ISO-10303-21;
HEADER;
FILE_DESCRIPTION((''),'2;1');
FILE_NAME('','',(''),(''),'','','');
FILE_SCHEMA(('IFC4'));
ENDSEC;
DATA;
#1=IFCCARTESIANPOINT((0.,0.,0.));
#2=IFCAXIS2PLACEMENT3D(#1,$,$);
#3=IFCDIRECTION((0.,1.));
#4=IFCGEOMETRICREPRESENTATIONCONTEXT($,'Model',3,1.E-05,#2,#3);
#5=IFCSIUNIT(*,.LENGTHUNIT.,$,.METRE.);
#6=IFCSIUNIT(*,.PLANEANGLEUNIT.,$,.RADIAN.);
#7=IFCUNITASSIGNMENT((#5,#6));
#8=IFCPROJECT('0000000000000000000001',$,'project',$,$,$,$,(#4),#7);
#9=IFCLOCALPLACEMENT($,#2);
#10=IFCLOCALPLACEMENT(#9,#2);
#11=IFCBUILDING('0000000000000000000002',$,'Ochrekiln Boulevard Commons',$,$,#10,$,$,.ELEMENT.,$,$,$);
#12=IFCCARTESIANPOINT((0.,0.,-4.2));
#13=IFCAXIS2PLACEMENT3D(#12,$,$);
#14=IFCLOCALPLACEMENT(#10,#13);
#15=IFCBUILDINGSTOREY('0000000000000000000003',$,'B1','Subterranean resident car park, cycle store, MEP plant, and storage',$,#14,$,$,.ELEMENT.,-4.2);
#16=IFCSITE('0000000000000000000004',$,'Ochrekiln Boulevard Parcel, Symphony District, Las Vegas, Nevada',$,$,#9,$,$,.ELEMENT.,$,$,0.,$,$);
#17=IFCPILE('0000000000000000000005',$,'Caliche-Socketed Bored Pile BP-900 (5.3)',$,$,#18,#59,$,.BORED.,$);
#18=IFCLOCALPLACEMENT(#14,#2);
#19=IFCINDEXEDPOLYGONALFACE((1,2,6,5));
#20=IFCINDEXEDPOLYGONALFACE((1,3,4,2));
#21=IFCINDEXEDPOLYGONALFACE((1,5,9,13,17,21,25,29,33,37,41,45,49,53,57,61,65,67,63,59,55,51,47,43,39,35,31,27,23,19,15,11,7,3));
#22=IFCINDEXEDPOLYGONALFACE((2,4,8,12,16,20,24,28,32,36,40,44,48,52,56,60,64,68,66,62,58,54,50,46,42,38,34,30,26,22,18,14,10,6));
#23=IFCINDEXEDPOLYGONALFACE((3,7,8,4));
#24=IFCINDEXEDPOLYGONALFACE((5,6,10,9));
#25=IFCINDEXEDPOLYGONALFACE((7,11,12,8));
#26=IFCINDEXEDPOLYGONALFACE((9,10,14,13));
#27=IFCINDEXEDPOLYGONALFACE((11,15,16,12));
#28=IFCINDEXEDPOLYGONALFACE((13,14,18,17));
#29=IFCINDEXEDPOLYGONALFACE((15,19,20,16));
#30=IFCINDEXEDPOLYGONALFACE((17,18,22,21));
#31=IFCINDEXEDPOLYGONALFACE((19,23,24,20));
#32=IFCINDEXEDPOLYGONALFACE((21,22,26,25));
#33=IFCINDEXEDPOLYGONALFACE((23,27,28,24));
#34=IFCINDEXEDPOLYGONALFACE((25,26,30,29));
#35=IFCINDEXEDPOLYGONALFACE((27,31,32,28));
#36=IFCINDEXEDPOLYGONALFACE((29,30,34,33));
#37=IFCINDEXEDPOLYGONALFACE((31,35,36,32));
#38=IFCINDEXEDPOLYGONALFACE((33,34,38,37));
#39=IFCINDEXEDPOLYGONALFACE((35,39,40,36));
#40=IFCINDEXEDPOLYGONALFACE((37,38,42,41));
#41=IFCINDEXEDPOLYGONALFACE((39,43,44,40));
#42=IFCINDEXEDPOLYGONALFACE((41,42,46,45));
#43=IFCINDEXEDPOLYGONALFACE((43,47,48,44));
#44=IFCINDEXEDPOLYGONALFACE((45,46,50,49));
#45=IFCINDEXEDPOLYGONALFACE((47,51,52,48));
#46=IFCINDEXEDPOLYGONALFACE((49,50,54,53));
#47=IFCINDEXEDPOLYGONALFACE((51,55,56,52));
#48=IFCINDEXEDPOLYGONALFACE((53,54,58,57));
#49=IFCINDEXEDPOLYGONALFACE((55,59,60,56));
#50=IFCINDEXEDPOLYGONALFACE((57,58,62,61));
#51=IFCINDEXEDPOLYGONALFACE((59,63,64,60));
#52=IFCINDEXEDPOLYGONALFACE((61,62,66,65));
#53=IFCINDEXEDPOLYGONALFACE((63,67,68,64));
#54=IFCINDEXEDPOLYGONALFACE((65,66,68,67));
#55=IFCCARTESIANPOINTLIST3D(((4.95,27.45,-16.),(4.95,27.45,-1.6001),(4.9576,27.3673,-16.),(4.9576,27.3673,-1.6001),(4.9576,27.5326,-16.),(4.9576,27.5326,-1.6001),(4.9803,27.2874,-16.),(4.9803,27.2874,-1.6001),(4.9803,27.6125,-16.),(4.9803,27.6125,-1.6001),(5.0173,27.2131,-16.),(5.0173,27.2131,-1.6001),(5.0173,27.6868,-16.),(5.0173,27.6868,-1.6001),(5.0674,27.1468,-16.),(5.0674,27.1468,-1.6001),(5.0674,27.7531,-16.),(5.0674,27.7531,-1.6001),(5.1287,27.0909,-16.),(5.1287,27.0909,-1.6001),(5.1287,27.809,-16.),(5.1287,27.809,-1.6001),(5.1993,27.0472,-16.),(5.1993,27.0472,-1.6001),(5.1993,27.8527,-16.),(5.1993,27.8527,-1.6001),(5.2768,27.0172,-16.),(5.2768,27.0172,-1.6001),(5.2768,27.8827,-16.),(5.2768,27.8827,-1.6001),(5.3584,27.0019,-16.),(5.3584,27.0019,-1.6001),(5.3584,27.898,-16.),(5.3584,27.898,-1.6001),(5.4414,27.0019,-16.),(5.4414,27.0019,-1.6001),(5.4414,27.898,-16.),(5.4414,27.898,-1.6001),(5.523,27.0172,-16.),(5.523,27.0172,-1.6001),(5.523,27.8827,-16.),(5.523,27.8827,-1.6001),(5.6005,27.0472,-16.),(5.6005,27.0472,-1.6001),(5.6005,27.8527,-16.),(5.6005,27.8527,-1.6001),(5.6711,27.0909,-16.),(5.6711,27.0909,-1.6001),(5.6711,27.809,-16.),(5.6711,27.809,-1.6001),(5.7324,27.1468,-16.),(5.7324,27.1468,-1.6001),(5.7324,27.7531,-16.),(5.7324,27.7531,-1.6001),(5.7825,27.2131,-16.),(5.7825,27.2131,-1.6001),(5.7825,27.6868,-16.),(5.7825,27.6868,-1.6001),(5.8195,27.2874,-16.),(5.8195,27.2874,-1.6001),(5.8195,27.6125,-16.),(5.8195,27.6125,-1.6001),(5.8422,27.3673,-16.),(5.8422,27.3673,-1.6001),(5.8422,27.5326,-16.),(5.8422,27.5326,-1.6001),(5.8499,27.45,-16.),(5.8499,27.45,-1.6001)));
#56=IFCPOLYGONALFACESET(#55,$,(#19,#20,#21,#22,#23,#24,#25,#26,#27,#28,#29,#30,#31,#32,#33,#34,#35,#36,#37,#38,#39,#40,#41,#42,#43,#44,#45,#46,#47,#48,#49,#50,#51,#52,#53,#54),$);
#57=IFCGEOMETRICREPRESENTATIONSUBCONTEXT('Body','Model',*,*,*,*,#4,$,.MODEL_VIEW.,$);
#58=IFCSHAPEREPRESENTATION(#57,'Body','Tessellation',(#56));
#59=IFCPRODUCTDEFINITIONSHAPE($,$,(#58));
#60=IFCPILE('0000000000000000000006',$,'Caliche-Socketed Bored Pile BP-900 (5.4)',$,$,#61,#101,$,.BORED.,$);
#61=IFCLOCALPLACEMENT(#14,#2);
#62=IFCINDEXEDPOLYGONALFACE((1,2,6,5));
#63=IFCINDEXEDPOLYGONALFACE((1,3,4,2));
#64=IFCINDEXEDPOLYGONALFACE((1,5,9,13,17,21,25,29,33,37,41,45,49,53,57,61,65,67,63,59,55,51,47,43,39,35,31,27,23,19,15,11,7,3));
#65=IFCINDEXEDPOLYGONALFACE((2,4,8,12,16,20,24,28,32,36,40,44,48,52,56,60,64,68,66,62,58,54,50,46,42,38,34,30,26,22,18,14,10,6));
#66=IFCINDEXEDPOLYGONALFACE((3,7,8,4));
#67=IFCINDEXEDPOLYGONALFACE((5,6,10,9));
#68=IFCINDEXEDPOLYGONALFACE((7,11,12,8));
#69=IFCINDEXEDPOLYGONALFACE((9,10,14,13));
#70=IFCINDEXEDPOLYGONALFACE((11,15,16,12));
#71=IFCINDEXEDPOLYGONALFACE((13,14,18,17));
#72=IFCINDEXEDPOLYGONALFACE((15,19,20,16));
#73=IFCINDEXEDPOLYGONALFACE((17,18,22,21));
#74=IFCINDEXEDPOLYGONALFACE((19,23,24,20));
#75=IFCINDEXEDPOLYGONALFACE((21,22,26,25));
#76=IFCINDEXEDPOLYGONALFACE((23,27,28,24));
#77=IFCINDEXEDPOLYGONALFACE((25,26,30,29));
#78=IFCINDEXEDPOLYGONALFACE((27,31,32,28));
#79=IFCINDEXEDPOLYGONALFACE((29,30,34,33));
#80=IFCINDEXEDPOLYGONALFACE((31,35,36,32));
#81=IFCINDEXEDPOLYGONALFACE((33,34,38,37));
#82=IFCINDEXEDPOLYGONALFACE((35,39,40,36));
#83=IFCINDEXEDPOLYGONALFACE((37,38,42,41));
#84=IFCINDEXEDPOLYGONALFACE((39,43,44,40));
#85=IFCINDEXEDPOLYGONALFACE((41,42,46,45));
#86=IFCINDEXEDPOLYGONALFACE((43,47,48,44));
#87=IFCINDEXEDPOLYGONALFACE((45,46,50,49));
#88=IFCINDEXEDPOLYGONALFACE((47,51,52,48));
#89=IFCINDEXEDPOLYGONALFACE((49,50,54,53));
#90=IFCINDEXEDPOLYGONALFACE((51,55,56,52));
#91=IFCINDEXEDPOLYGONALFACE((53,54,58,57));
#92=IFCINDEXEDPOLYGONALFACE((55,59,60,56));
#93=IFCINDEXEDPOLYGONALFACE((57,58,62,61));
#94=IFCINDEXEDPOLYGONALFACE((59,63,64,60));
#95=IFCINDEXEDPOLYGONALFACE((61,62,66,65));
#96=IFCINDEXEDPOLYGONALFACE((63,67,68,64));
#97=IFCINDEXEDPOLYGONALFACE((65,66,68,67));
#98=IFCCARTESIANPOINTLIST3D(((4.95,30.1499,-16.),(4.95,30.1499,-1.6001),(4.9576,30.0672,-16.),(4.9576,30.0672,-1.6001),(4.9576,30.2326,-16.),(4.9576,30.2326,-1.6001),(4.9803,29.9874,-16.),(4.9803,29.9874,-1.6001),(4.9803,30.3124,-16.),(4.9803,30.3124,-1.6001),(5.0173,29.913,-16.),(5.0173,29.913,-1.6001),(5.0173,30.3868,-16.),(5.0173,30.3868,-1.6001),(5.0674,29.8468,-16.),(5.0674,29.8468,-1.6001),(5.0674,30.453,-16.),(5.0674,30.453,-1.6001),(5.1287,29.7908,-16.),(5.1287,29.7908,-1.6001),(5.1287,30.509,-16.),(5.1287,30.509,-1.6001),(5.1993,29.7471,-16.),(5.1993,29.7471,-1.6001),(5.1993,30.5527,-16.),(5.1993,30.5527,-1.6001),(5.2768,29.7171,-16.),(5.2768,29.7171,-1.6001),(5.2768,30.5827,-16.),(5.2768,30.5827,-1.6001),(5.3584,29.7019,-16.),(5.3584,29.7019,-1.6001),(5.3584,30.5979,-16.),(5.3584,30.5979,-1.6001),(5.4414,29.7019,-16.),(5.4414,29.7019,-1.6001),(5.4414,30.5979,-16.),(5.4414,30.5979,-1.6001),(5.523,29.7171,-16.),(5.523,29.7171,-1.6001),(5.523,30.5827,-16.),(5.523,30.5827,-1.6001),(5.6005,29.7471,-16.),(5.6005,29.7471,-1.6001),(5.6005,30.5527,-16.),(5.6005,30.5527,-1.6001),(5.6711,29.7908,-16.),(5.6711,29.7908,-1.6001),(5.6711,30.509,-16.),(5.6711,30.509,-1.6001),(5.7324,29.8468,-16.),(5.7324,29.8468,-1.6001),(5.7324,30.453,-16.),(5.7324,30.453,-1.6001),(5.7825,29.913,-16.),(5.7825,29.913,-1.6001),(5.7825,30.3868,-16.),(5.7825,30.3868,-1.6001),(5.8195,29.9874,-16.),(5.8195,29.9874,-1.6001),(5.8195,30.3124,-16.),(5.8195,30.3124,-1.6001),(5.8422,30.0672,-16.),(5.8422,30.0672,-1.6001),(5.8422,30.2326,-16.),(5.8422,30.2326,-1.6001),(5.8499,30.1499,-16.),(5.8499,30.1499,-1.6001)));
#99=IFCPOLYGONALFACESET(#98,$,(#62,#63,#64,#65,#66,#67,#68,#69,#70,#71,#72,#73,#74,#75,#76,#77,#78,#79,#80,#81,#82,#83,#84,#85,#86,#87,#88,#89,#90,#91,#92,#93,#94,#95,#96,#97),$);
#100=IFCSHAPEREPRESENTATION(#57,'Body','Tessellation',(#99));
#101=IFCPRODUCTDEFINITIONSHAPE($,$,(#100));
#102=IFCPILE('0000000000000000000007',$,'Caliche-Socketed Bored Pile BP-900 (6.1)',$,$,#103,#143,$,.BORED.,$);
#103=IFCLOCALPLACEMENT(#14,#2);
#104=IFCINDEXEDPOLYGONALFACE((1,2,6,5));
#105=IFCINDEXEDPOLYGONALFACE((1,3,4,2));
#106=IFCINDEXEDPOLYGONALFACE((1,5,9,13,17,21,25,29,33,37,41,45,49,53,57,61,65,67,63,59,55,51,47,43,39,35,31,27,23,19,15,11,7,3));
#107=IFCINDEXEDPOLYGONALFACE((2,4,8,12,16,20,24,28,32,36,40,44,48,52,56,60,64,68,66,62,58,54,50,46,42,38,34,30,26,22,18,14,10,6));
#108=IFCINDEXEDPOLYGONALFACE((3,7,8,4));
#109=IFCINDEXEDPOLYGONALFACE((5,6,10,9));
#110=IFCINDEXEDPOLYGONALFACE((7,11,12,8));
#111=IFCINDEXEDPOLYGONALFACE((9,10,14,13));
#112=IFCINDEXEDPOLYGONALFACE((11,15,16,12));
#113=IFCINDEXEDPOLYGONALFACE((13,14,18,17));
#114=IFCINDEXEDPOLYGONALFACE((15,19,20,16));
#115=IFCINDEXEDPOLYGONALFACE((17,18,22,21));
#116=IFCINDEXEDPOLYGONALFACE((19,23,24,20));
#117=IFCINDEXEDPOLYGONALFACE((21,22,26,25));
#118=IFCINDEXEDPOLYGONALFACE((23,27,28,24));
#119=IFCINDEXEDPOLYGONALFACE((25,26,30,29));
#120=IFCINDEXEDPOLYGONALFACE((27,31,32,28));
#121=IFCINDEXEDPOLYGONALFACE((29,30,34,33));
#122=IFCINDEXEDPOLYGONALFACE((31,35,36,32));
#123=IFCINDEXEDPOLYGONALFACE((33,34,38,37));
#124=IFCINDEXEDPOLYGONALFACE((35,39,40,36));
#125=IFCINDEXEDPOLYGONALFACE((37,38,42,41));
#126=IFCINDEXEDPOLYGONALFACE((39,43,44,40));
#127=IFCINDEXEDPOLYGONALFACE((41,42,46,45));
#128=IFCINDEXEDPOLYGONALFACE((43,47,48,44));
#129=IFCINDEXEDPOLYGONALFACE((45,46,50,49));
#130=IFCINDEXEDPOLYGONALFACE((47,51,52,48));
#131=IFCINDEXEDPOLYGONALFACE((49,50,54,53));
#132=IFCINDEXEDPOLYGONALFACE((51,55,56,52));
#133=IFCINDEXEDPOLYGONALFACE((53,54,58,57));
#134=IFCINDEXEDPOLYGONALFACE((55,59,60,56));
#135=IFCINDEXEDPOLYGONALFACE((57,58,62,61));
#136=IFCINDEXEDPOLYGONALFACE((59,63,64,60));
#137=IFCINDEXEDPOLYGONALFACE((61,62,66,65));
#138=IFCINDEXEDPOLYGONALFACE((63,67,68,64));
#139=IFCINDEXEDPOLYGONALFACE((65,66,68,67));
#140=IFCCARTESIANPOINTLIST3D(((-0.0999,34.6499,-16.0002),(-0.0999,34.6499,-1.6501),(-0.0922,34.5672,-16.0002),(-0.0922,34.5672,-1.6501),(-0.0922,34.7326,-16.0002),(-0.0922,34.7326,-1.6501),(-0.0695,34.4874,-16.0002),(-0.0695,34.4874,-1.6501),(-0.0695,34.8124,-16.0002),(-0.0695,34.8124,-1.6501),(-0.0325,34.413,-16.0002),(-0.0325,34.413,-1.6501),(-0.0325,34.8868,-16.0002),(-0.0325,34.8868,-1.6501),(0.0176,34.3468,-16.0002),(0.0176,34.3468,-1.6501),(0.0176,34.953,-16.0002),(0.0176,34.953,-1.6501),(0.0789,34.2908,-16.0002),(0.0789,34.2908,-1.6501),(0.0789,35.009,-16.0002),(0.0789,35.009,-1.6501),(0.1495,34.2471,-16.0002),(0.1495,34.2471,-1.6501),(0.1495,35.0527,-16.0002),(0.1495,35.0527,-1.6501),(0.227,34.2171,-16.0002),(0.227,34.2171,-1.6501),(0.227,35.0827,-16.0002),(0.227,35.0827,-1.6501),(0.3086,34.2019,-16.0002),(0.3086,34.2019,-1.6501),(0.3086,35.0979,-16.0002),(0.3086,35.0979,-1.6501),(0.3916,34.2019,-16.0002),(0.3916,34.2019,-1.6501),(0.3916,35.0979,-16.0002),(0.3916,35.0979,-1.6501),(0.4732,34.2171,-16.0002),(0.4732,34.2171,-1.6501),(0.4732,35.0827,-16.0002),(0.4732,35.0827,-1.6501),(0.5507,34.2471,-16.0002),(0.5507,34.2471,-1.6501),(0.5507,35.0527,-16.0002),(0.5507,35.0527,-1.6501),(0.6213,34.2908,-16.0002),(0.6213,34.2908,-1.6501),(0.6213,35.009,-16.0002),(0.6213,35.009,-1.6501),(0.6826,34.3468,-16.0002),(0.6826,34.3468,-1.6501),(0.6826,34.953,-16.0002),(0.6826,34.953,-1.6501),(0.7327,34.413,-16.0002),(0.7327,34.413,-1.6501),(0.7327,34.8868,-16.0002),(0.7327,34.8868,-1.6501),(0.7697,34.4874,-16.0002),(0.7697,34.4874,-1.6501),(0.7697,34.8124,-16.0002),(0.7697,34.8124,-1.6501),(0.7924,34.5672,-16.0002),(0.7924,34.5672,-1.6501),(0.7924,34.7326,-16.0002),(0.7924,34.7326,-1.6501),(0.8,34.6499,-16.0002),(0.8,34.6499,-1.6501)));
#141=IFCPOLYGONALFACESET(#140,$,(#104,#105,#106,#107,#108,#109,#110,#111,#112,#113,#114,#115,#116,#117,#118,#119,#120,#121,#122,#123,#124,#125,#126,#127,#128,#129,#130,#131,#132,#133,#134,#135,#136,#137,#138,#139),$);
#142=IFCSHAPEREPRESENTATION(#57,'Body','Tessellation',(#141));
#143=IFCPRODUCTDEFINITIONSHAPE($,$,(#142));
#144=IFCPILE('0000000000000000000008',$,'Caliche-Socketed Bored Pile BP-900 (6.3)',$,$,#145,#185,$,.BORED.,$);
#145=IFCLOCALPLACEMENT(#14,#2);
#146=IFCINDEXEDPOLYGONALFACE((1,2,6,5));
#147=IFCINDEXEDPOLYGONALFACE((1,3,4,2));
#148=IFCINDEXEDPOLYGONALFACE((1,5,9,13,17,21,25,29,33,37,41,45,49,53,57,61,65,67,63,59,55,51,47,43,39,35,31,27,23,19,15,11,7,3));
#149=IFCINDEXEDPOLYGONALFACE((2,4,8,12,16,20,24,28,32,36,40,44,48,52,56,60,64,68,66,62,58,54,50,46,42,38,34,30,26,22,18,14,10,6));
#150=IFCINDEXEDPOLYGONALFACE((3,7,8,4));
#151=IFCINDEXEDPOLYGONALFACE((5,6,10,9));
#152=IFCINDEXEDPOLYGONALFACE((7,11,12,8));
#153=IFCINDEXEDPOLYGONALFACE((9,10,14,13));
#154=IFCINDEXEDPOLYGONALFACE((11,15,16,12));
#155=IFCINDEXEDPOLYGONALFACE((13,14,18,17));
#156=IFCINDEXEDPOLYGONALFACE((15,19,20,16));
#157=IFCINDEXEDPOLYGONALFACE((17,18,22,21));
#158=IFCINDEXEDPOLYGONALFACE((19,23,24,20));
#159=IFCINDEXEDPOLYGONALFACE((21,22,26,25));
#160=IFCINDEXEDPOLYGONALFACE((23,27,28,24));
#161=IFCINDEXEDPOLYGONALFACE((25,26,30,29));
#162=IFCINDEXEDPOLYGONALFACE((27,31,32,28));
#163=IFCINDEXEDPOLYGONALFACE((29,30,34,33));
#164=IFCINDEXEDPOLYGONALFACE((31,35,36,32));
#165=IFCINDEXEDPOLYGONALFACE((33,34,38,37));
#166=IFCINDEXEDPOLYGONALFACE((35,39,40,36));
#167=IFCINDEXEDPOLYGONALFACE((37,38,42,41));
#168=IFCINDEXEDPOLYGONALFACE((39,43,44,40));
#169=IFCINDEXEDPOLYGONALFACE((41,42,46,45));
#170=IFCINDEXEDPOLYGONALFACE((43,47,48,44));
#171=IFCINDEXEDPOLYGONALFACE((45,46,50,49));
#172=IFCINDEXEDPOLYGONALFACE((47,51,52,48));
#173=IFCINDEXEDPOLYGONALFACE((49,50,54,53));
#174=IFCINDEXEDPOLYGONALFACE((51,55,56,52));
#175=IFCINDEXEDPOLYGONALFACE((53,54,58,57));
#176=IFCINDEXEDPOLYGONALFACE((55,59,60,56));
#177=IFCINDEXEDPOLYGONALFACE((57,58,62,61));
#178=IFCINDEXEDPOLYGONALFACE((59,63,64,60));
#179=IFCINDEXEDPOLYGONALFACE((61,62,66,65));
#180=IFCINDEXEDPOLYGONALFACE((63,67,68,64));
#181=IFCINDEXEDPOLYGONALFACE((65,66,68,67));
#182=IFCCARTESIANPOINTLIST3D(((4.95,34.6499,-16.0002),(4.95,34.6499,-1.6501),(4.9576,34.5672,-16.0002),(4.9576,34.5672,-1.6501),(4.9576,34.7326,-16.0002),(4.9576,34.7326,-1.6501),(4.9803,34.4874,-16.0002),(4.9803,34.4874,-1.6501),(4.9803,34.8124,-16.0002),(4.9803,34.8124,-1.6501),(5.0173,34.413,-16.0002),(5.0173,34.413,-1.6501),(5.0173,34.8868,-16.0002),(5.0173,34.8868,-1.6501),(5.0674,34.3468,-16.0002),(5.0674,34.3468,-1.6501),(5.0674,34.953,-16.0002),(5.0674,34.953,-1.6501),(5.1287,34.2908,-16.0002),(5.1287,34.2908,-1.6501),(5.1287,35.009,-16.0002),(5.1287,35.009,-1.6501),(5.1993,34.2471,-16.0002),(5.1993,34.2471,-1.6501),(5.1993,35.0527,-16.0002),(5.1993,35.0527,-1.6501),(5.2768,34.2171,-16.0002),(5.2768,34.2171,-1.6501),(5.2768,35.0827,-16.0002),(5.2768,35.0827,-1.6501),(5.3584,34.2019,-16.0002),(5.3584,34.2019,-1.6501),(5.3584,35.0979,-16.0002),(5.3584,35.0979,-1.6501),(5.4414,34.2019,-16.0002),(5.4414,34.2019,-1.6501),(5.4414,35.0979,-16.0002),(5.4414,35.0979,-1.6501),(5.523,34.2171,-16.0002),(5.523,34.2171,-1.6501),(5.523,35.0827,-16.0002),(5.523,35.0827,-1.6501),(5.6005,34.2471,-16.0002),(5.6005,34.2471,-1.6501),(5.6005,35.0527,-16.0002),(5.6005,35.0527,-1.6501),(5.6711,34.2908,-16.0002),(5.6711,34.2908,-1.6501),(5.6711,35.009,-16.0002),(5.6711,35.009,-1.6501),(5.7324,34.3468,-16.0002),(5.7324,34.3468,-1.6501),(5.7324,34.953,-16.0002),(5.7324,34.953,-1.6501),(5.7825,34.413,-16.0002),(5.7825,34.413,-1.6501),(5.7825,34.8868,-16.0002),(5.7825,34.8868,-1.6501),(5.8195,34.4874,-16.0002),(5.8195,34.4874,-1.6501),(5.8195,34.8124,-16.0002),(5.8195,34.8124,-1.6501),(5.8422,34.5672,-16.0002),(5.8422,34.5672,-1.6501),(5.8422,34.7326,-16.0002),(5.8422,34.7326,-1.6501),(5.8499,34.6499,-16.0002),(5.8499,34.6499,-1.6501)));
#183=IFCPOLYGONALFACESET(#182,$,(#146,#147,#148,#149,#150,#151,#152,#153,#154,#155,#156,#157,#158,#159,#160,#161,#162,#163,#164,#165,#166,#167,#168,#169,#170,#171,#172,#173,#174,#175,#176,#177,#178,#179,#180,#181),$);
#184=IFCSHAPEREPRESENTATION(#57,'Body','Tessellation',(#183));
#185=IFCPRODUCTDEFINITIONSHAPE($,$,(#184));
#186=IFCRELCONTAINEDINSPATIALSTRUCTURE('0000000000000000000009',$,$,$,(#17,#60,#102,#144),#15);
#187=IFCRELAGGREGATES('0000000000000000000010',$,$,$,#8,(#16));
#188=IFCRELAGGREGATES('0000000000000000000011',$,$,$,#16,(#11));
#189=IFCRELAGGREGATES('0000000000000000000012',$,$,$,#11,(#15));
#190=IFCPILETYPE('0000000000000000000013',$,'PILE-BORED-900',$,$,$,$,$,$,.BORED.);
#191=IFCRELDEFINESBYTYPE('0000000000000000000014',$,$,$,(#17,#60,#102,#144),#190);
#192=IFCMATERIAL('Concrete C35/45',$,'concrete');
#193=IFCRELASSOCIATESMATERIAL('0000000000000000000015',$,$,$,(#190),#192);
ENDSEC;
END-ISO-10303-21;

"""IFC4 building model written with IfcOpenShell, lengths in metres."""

from ifc_helpers import new_model, si_unit, direction, frame, origin, origin_2d, place, context, subcontext, project, spatial, circle, extrude, material, material_profile, profile_set, type_object, element, save


model = new_model("IFC4")

# Units and contexts
model_context = context("Model", 3, precision=1e-05, world=origin(), true_north=direction((0.0, 1.0)))
body_context = subcontext(model_context, "Body", "Model", "MODEL_VIEW")
ifc_project = project(units=[si_unit("LENGTHUNIT", "METRE"), si_unit("PLANEANGLEUNIT", "RADIAN")], contexts=[model_context])

# Site, building, storey
site_placement = place(None, origin())
site = spatial("IfcSite", under=ifc_project, at=site_placement, Name="Ochrekiln Boulevard Parcel, Symphony District, Las Vegas, Nevada", CompositionType="ELEMENT", RefElevation=0.0)
building_placement = place(site_placement, origin())
building = spatial("IfcBuilding", under=site, at=building_placement, Name="Ochrekiln Boulevard Commons", CompositionType="ELEMENT")
storey_placement = place(building_placement, frame((0.0, 0.0, -4.2)))
storey = spatial("IfcBuildingStorey", under=building, at=storey_placement, Name="B1", Description="Subterranean resident car park, cycle store, MEP plant, and storage", CompositionType="ELEMENT", Elevation=-4.2)

# Shared definitions
ifc_material_1 = material(Name="Concrete C35/45", Category="concrete")

# Piles
ifc_material_profile_1 = material_profile(ifc_material_1, circle(Radius=0.45, at=origin_2d()), Name="PILE-D900")
ifc_profile_set_1 = profile_set([ifc_material_profile_1], Name="Concrete C35/45")
pile_type = type_object("IfcPileType", Name="PILE-BORED-900", PredefinedType="BORED", material=ifc_profile_set_1)
for number, where, z_axis, x_axis, name in (
    (1, (5.3999, 27.45, -1.6001), (0.0, 0.0, -1.0), (1.0, 0.0, 0.0), "Caliche-Socketed Bored Pile BP-900 (5.3)"),
    (2, (5.3999, 30.1499, -1.6001), (0.0, 0.0, -1.0), (1.0, 0.0, 0.0), "Caliche-Socketed Bored Pile BP-900 (5.4)"),
):
    element("IfcPile", number, at=place(storey_placement, frame(where, z_axis=z_axis, x_axis=x_axis)), inside=storey, type_object=pile_type, Name=name, PredefinedType="BORED", context=body_context, shape_type="SweptSolid", body=[
        extrude(circle(Radius=0.45, at=origin_2d()), origin(), (0.0, 0.0, 1.0), 14.3999),
    ])
for number, where, z_axis, x_axis, name in (
    (3, (0.3501, 34.6499, -1.6501), (0.0, 0.0, -1.0), (1.0, 0.0, 0.0), "Caliche-Socketed Bored Pile BP-900 (6.1)"),
    (4, (5.3999, 34.6499, -1.6501), (0.0, 0.0, -1.0), (1.0, 0.0, 0.0), "Caliche-Socketed Bored Pile BP-900 (6.3)"),
):
    element("IfcPile", number, at=place(storey_placement, frame(where, z_axis=z_axis, x_axis=x_axis)), inside=storey, type_object=pile_type, Name=name, PredefinedType="BORED", context=body_context, shape_type="SweptSolid", body=[
        extrude(circle(Radius=0.45, at=origin_2d()), origin(), (0.0, 0.0, 1.0), 14.3501),
    ])

save(model, "model.ifc")
